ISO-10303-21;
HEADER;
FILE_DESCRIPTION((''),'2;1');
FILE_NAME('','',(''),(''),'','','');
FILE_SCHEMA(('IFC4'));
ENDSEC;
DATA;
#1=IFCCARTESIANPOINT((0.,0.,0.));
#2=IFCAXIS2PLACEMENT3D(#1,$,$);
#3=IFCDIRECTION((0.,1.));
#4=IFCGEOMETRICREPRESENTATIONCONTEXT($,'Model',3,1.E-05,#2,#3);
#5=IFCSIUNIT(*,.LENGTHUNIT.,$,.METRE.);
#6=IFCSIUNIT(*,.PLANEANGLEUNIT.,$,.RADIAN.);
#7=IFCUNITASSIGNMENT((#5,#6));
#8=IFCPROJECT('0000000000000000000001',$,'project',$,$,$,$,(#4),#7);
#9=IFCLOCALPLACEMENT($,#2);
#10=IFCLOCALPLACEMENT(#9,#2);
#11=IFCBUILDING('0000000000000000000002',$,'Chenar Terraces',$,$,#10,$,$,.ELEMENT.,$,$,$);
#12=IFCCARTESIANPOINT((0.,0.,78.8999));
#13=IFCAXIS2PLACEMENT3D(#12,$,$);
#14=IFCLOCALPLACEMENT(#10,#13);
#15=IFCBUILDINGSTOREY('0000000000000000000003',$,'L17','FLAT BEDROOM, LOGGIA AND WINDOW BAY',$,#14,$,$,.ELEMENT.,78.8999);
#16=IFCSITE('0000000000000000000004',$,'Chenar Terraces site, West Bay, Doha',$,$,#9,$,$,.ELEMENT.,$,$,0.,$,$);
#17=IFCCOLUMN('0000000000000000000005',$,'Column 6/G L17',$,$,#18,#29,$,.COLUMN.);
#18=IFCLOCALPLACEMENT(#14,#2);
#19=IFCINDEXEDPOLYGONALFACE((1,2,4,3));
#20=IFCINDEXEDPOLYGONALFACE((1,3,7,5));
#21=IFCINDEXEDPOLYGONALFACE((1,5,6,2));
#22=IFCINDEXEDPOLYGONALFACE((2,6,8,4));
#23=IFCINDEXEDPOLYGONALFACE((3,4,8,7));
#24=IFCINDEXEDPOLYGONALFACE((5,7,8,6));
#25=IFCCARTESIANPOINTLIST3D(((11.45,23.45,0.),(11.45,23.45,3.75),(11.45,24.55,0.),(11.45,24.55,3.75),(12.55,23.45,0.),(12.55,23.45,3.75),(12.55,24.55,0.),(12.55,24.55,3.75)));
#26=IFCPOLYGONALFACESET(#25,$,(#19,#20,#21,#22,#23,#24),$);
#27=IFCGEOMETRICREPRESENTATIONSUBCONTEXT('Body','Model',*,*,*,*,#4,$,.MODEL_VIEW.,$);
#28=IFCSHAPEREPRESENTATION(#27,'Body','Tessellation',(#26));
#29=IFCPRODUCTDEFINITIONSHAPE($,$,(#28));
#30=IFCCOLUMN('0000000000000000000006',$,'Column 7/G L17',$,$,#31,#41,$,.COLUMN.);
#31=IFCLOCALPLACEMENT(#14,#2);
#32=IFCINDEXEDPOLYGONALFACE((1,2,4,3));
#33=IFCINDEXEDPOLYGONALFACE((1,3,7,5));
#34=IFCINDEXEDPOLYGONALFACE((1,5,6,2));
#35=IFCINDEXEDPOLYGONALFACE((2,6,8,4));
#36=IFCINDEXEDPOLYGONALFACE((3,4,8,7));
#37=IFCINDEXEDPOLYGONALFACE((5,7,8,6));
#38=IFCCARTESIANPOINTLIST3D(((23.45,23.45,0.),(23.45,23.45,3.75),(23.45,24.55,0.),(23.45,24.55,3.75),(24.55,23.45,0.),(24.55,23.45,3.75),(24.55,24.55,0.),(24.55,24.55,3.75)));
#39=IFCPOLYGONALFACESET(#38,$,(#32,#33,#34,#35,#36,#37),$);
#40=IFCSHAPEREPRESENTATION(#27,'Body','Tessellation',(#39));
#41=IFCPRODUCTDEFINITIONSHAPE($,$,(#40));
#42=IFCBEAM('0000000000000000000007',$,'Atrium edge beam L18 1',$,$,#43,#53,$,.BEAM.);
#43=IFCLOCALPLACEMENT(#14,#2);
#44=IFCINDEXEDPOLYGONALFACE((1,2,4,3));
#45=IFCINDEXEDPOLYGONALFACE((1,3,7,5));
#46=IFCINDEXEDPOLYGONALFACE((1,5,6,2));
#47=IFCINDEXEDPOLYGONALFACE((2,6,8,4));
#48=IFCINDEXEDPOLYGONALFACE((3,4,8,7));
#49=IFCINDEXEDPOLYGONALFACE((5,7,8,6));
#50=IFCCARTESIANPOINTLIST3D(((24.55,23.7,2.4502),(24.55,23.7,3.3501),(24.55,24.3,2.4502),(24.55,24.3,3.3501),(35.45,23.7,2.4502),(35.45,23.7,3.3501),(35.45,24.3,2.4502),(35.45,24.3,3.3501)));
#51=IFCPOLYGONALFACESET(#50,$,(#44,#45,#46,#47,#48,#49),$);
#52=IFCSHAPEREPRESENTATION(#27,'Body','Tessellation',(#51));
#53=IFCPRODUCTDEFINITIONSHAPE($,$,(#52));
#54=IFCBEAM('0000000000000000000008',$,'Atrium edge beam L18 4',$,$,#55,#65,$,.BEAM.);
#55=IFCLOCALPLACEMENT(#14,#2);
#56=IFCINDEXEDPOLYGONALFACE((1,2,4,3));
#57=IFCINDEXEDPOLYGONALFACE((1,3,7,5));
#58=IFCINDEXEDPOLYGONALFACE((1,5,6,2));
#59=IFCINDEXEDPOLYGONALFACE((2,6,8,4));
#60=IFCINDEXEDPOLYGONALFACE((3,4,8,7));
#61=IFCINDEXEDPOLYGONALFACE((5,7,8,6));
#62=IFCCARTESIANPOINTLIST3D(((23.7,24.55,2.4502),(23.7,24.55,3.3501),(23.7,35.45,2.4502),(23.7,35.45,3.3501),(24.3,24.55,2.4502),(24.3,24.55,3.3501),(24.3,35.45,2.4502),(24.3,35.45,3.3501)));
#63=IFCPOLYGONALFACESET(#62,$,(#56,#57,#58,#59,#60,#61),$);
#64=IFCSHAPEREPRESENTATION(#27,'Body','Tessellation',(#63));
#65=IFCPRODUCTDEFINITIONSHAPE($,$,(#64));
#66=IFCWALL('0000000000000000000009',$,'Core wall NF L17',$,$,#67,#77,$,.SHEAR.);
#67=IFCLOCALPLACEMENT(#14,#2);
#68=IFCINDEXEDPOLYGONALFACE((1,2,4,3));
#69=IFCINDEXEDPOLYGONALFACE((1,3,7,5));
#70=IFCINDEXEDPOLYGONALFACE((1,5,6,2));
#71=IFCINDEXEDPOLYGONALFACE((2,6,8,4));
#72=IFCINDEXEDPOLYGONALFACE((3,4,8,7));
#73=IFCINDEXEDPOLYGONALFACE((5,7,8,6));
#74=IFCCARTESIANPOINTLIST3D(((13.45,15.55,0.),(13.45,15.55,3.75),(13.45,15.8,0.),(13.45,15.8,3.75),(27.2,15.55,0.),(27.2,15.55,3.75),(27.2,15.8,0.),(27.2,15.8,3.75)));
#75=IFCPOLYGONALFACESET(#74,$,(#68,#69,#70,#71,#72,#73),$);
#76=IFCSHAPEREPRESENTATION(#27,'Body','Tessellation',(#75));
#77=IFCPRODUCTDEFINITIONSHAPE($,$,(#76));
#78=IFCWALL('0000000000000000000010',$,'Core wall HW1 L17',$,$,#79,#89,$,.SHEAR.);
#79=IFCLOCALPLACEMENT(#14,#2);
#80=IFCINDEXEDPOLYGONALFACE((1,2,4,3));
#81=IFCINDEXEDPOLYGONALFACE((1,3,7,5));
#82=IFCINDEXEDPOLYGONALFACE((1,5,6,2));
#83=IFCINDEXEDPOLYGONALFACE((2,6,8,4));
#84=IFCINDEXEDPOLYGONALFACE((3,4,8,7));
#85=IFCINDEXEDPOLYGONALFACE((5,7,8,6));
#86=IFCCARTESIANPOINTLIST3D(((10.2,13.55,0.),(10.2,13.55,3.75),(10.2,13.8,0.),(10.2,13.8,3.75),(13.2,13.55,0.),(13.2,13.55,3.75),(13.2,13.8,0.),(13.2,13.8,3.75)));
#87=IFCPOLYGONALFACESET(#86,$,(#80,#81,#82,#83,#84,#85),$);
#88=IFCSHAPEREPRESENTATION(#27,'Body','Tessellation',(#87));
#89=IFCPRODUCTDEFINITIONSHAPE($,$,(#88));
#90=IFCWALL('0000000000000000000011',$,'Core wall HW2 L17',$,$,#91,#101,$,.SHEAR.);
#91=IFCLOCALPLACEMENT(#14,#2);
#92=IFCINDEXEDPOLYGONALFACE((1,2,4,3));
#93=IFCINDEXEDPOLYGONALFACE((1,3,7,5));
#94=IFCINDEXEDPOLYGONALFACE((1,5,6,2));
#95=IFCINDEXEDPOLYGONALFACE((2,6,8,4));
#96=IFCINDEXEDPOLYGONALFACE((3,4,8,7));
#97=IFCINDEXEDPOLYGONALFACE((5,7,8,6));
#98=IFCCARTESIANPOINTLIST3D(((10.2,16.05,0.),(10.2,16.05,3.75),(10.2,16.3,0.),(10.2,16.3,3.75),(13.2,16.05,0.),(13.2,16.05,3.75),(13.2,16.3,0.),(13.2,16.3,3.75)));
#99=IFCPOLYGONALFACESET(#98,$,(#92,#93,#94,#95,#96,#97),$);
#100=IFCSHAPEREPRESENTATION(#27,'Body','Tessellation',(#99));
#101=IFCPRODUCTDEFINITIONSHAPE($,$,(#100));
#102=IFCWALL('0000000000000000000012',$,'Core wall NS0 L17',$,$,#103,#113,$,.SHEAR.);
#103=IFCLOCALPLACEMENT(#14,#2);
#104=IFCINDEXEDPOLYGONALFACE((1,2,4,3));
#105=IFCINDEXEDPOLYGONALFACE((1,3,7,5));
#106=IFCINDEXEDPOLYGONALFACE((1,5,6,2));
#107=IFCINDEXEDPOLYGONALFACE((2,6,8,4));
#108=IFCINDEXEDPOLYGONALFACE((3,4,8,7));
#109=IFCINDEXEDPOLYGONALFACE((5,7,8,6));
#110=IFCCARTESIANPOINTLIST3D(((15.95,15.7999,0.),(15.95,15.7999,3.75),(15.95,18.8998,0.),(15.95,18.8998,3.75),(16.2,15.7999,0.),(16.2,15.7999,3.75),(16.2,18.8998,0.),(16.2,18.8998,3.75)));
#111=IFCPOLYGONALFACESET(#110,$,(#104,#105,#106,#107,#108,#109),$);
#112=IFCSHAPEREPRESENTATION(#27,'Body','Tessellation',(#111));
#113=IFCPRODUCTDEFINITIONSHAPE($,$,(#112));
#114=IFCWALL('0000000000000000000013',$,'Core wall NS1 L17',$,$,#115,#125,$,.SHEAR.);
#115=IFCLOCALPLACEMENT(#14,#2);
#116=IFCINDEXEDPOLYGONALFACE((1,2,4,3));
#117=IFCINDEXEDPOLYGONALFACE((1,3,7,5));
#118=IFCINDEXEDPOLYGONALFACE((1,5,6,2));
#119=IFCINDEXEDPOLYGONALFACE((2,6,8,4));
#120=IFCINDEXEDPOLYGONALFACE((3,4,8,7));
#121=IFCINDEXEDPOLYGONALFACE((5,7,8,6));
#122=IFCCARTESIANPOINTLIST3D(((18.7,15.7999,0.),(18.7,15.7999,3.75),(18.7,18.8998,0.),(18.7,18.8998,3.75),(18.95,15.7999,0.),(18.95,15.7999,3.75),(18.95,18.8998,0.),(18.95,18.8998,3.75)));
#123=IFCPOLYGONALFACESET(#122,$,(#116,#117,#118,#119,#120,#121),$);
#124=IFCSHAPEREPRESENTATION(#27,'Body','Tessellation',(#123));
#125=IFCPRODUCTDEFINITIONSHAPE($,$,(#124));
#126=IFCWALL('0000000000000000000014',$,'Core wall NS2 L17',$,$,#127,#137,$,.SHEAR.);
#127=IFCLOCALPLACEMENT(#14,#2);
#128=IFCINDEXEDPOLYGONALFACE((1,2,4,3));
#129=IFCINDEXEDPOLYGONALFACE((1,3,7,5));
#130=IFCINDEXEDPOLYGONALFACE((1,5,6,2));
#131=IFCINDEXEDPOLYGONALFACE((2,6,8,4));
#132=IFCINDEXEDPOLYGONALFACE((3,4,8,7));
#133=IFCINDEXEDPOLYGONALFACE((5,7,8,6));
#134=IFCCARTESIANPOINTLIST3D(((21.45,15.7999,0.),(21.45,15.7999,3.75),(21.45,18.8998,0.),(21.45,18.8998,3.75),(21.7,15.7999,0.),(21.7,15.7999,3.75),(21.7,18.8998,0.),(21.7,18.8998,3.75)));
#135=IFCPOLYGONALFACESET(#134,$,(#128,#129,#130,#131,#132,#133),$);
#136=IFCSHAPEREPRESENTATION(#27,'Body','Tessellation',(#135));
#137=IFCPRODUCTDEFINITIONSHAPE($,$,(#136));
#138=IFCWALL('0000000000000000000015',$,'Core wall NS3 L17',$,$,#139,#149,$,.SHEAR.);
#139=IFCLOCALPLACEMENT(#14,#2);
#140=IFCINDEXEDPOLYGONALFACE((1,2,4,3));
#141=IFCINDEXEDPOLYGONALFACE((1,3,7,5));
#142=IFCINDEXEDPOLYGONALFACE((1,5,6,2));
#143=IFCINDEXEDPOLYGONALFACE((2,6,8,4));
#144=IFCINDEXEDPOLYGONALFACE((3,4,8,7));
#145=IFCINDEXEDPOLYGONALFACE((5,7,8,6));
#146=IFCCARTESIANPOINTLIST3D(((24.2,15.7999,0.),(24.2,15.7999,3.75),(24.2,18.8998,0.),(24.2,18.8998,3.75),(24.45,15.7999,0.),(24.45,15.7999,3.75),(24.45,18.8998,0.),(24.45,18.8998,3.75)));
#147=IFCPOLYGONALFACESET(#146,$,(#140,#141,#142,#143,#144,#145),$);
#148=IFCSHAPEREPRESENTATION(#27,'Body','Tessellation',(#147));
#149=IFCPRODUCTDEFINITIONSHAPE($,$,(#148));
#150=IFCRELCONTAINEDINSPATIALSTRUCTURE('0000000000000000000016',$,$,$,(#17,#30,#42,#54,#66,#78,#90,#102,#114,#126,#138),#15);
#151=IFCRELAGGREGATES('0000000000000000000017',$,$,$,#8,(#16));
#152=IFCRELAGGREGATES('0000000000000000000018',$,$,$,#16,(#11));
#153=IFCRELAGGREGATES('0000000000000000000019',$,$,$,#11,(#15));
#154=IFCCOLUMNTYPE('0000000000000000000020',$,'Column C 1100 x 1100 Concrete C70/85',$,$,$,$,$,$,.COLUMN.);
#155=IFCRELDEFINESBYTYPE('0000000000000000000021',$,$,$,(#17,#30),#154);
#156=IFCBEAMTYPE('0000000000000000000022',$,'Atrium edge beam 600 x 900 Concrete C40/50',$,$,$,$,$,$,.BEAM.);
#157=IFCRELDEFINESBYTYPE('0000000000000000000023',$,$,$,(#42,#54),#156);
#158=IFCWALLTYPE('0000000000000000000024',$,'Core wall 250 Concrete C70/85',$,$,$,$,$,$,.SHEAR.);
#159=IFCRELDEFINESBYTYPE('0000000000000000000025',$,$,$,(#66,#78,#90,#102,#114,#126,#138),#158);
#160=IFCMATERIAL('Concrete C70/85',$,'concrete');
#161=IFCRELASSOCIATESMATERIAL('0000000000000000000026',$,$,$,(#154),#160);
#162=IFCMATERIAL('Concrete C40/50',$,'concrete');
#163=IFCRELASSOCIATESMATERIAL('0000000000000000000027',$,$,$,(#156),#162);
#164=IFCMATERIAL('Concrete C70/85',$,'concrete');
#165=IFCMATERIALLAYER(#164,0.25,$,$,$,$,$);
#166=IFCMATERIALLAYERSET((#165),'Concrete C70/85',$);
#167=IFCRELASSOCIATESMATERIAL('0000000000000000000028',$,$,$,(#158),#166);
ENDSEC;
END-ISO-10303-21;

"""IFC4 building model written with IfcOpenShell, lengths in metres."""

from ifc_helpers import new_model, si_unit, direction, frame, frame_2d, origin, origin_2d, place, context, subcontext, project, spatial, rectangle, extrude, material, layer, layer_set, material_profile, profile_set, type_object, element, save


model = new_model("IFC4")

# Units and contexts
model_context = context("Model", 3, precision=1e-05, world=origin(), true_north=direction((0.0, 1.0)))
body_context = subcontext(model_context, "Body", "Model", "MODEL_VIEW")
ifc_project = project(units=[si_unit("LENGTHUNIT", "METRE"), si_unit("PLANEANGLEUNIT", "RADIAN")], contexts=[model_context])

# Site, building, storey
site_placement = place(None, origin())
site = spatial("IfcSite", under=ifc_project, at=site_placement, Name="Chenar Terraces site, West Bay, Doha", CompositionType="ELEMENT", RefElevation=0.0)
building_placement = place(site_placement, origin())
building = spatial("IfcBuilding", under=site, at=building_placement, Name="Chenar Terraces", CompositionType="ELEMENT")
storey_placement = place(building_placement, frame((0.0, 0.0, 78.8999)))
storey = spatial("IfcBuildingStorey", under=building, at=storey_placement, Name="L17", Description="FLAT BEDROOM, LOGGIA AND WINDOW BAY", CompositionType="ELEMENT", Elevation=78.8999)

# Columns
ifc_material_1 = material(Name="Concrete C70/85", Category="concrete")
ifc_material_profile_1 = material_profile(ifc_material_1, rectangle(XDim=1.1001, YDim=1.1001, at=origin_2d()), Name="C 1100 x 1100")
ifc_profile_set_1 = profile_set([ifc_material_profile_1], Name="Concrete C70/85")
column_type = type_object("IfcColumnType", Name="Column C 1100 x 1100 Concrete C70/85", PredefinedType="COLUMN", material=ifc_profile_set_1)
for number, where, z_axis, x_axis, name in (
    (1, (12.0, 24.0, 0.0), (0.0, 0.0, 1.0), (1.0, 0.0, 0.0), "Column 6/G L17"),
    (2, (24.0, 24.0, 0.0), (0.0, 0.0, 1.0), (1.0, 0.0, 0.0), "Column 7/G L17"),
):
    element("IfcColumn", number, at=place(storey_placement, frame(where, z_axis=z_axis, x_axis=x_axis)), inside=storey, type_object=column_type, Name=name, PredefinedType="COLUMN", context=body_context, shape_type="SweptSolid", body=[
        extrude(rectangle(XDim=1.1001, YDim=1.1001, at=origin_2d()), origin(), (0.0, 0.0, 1.0), 3.75),
    ])

# Beams
ifc_material_2 = material(Name="Concrete C40/50", Category="concrete")
ifc_material_profile_2 = material_profile(ifc_material_2, rectangle(XDim=0.6001, YDim=0.8999, at=origin_2d()), Name="RC 600 x 900")
ifc_profile_set_2 = profile_set([ifc_material_profile_2], Name="Concrete C40/50")
beam_type = type_object("IfcBeamType", Name="Atrium edge beam 600 x 900 Concrete C40/50", PredefinedType="BEAM", material=ifc_profile_set_2)
for number, where, z_axis, x_axis, name in (
    (3, (24.55, 24.0, 2.9001), (1.0, 0.0, 0.0), (0.0, 1.0, 0.0), "Atrium edge beam L18 1"),
    (4, (24.0, 35.45, 2.9001), (0.0, -1.0, 0.0), (1.0, 0.0, 0.0), "Atrium edge beam L18 4"),
):
    element("IfcBeam", number, at=place(storey_placement, frame(where, z_axis=z_axis, x_axis=x_axis)), inside=storey, type_object=beam_type, Name=name, PredefinedType="BEAM", context=body_context, shape_type="SweptSolid", body=[
        extrude(rectangle(XDim=0.6001, YDim=0.8999, at=origin_2d()), origin(), (0.0, 0.0, 1.0), 10.8999),
    ])

# Walls
ifc_material_3 = material(Name="Concrete C70/85", Category="concrete")
ifc_layer_1 = layer(ifc_material_3, 0.25)
ifc_layer_set_1 = layer_set([ifc_layer_1], Name="Concrete C70/85")
wall_type_1 = type_object("IfcWallType", Name="Core wall 250 Concrete C70/85", PredefinedType="SHEAR", material=ifc_layer_set_1)
wall_1_placement = place(storey_placement, frame((13.45, 15.675, 0.0), z_axis=(0.0, 0.0, 1.0), x_axis=(1.0, 0.0, 0.0)))
element("IfcWall", 5, at=wall_1_placement, inside=storey, type_object=wall_type_1, Name="Core wall NF L17", PredefinedType="SHEAR", context=body_context, shape_type="SweptSolid", body=[
    extrude(rectangle(XDim=13.75, YDim=0.25, at=frame_2d((6.875, 0.0))), origin(), (0.0, 0.0, 1.0), 3.75),
])
for number, where, z_axis, x_axis, name in (
    (6, (10.2, 13.675, 0.0), (0.0, 0.0, 1.0), (1.0, 0.0, 0.0), "Core wall HW1 L17"),
    (7, (10.2, 16.175, 0.0), (0.0, 0.0, 1.0), (1.0, 0.0, 0.0), "Core wall HW2 L17"),
):
    element("IfcWall", number, at=place(storey_placement, frame(where, z_axis=z_axis, x_axis=x_axis)), inside=storey, type_object=wall_type_1, Name=name, PredefinedType="SHEAR", context=body_context, shape_type="SweptSolid", body=[
        extrude(rectangle(XDim=3.0, YDim=0.25, at=frame_2d((1.5, 0.0))), origin(), (0.0, 0.0, 1.0), 3.75),
    ])
for number, where, z_axis, x_axis, name in (
    (8, (16.075, 15.8, 0.0), (0.0, 0.0, 1.0), (0.0, 1.0, 0.0), "Core wall NS0 L17"),
    (9, (18.825, 15.8, 0.0), (0.0, 0.0, 1.0), (0.0, 1.0, 0.0), "Core wall NS1 L17"),
    (10, (21.575, 15.8, 0.0), (0.0, 0.0, 1.0), (0.0, 1.0, 0.0), "Core wall NS2 L17"),
    (11, (24.325, 15.8, 0.0), (0.0, 0.0, 1.0), (0.0, 1.0, 0.0), "Core wall NS3 L17"),
):
    element("IfcWall", number, at=place(storey_placement, frame(where, z_axis=z_axis, x_axis=x_axis)), inside=storey, type_object=wall_type_1, Name=name, PredefinedType="SHEAR", context=body_context, shape_type="SweptSolid", body=[
        extrude(rectangle(XDim=3.0999, YDim=0.25, at=frame_2d((1.5498, 0.0))), origin(), (0.0, 0.0, 1.0), 3.75),
    ])

save(model, "model.ifc")
